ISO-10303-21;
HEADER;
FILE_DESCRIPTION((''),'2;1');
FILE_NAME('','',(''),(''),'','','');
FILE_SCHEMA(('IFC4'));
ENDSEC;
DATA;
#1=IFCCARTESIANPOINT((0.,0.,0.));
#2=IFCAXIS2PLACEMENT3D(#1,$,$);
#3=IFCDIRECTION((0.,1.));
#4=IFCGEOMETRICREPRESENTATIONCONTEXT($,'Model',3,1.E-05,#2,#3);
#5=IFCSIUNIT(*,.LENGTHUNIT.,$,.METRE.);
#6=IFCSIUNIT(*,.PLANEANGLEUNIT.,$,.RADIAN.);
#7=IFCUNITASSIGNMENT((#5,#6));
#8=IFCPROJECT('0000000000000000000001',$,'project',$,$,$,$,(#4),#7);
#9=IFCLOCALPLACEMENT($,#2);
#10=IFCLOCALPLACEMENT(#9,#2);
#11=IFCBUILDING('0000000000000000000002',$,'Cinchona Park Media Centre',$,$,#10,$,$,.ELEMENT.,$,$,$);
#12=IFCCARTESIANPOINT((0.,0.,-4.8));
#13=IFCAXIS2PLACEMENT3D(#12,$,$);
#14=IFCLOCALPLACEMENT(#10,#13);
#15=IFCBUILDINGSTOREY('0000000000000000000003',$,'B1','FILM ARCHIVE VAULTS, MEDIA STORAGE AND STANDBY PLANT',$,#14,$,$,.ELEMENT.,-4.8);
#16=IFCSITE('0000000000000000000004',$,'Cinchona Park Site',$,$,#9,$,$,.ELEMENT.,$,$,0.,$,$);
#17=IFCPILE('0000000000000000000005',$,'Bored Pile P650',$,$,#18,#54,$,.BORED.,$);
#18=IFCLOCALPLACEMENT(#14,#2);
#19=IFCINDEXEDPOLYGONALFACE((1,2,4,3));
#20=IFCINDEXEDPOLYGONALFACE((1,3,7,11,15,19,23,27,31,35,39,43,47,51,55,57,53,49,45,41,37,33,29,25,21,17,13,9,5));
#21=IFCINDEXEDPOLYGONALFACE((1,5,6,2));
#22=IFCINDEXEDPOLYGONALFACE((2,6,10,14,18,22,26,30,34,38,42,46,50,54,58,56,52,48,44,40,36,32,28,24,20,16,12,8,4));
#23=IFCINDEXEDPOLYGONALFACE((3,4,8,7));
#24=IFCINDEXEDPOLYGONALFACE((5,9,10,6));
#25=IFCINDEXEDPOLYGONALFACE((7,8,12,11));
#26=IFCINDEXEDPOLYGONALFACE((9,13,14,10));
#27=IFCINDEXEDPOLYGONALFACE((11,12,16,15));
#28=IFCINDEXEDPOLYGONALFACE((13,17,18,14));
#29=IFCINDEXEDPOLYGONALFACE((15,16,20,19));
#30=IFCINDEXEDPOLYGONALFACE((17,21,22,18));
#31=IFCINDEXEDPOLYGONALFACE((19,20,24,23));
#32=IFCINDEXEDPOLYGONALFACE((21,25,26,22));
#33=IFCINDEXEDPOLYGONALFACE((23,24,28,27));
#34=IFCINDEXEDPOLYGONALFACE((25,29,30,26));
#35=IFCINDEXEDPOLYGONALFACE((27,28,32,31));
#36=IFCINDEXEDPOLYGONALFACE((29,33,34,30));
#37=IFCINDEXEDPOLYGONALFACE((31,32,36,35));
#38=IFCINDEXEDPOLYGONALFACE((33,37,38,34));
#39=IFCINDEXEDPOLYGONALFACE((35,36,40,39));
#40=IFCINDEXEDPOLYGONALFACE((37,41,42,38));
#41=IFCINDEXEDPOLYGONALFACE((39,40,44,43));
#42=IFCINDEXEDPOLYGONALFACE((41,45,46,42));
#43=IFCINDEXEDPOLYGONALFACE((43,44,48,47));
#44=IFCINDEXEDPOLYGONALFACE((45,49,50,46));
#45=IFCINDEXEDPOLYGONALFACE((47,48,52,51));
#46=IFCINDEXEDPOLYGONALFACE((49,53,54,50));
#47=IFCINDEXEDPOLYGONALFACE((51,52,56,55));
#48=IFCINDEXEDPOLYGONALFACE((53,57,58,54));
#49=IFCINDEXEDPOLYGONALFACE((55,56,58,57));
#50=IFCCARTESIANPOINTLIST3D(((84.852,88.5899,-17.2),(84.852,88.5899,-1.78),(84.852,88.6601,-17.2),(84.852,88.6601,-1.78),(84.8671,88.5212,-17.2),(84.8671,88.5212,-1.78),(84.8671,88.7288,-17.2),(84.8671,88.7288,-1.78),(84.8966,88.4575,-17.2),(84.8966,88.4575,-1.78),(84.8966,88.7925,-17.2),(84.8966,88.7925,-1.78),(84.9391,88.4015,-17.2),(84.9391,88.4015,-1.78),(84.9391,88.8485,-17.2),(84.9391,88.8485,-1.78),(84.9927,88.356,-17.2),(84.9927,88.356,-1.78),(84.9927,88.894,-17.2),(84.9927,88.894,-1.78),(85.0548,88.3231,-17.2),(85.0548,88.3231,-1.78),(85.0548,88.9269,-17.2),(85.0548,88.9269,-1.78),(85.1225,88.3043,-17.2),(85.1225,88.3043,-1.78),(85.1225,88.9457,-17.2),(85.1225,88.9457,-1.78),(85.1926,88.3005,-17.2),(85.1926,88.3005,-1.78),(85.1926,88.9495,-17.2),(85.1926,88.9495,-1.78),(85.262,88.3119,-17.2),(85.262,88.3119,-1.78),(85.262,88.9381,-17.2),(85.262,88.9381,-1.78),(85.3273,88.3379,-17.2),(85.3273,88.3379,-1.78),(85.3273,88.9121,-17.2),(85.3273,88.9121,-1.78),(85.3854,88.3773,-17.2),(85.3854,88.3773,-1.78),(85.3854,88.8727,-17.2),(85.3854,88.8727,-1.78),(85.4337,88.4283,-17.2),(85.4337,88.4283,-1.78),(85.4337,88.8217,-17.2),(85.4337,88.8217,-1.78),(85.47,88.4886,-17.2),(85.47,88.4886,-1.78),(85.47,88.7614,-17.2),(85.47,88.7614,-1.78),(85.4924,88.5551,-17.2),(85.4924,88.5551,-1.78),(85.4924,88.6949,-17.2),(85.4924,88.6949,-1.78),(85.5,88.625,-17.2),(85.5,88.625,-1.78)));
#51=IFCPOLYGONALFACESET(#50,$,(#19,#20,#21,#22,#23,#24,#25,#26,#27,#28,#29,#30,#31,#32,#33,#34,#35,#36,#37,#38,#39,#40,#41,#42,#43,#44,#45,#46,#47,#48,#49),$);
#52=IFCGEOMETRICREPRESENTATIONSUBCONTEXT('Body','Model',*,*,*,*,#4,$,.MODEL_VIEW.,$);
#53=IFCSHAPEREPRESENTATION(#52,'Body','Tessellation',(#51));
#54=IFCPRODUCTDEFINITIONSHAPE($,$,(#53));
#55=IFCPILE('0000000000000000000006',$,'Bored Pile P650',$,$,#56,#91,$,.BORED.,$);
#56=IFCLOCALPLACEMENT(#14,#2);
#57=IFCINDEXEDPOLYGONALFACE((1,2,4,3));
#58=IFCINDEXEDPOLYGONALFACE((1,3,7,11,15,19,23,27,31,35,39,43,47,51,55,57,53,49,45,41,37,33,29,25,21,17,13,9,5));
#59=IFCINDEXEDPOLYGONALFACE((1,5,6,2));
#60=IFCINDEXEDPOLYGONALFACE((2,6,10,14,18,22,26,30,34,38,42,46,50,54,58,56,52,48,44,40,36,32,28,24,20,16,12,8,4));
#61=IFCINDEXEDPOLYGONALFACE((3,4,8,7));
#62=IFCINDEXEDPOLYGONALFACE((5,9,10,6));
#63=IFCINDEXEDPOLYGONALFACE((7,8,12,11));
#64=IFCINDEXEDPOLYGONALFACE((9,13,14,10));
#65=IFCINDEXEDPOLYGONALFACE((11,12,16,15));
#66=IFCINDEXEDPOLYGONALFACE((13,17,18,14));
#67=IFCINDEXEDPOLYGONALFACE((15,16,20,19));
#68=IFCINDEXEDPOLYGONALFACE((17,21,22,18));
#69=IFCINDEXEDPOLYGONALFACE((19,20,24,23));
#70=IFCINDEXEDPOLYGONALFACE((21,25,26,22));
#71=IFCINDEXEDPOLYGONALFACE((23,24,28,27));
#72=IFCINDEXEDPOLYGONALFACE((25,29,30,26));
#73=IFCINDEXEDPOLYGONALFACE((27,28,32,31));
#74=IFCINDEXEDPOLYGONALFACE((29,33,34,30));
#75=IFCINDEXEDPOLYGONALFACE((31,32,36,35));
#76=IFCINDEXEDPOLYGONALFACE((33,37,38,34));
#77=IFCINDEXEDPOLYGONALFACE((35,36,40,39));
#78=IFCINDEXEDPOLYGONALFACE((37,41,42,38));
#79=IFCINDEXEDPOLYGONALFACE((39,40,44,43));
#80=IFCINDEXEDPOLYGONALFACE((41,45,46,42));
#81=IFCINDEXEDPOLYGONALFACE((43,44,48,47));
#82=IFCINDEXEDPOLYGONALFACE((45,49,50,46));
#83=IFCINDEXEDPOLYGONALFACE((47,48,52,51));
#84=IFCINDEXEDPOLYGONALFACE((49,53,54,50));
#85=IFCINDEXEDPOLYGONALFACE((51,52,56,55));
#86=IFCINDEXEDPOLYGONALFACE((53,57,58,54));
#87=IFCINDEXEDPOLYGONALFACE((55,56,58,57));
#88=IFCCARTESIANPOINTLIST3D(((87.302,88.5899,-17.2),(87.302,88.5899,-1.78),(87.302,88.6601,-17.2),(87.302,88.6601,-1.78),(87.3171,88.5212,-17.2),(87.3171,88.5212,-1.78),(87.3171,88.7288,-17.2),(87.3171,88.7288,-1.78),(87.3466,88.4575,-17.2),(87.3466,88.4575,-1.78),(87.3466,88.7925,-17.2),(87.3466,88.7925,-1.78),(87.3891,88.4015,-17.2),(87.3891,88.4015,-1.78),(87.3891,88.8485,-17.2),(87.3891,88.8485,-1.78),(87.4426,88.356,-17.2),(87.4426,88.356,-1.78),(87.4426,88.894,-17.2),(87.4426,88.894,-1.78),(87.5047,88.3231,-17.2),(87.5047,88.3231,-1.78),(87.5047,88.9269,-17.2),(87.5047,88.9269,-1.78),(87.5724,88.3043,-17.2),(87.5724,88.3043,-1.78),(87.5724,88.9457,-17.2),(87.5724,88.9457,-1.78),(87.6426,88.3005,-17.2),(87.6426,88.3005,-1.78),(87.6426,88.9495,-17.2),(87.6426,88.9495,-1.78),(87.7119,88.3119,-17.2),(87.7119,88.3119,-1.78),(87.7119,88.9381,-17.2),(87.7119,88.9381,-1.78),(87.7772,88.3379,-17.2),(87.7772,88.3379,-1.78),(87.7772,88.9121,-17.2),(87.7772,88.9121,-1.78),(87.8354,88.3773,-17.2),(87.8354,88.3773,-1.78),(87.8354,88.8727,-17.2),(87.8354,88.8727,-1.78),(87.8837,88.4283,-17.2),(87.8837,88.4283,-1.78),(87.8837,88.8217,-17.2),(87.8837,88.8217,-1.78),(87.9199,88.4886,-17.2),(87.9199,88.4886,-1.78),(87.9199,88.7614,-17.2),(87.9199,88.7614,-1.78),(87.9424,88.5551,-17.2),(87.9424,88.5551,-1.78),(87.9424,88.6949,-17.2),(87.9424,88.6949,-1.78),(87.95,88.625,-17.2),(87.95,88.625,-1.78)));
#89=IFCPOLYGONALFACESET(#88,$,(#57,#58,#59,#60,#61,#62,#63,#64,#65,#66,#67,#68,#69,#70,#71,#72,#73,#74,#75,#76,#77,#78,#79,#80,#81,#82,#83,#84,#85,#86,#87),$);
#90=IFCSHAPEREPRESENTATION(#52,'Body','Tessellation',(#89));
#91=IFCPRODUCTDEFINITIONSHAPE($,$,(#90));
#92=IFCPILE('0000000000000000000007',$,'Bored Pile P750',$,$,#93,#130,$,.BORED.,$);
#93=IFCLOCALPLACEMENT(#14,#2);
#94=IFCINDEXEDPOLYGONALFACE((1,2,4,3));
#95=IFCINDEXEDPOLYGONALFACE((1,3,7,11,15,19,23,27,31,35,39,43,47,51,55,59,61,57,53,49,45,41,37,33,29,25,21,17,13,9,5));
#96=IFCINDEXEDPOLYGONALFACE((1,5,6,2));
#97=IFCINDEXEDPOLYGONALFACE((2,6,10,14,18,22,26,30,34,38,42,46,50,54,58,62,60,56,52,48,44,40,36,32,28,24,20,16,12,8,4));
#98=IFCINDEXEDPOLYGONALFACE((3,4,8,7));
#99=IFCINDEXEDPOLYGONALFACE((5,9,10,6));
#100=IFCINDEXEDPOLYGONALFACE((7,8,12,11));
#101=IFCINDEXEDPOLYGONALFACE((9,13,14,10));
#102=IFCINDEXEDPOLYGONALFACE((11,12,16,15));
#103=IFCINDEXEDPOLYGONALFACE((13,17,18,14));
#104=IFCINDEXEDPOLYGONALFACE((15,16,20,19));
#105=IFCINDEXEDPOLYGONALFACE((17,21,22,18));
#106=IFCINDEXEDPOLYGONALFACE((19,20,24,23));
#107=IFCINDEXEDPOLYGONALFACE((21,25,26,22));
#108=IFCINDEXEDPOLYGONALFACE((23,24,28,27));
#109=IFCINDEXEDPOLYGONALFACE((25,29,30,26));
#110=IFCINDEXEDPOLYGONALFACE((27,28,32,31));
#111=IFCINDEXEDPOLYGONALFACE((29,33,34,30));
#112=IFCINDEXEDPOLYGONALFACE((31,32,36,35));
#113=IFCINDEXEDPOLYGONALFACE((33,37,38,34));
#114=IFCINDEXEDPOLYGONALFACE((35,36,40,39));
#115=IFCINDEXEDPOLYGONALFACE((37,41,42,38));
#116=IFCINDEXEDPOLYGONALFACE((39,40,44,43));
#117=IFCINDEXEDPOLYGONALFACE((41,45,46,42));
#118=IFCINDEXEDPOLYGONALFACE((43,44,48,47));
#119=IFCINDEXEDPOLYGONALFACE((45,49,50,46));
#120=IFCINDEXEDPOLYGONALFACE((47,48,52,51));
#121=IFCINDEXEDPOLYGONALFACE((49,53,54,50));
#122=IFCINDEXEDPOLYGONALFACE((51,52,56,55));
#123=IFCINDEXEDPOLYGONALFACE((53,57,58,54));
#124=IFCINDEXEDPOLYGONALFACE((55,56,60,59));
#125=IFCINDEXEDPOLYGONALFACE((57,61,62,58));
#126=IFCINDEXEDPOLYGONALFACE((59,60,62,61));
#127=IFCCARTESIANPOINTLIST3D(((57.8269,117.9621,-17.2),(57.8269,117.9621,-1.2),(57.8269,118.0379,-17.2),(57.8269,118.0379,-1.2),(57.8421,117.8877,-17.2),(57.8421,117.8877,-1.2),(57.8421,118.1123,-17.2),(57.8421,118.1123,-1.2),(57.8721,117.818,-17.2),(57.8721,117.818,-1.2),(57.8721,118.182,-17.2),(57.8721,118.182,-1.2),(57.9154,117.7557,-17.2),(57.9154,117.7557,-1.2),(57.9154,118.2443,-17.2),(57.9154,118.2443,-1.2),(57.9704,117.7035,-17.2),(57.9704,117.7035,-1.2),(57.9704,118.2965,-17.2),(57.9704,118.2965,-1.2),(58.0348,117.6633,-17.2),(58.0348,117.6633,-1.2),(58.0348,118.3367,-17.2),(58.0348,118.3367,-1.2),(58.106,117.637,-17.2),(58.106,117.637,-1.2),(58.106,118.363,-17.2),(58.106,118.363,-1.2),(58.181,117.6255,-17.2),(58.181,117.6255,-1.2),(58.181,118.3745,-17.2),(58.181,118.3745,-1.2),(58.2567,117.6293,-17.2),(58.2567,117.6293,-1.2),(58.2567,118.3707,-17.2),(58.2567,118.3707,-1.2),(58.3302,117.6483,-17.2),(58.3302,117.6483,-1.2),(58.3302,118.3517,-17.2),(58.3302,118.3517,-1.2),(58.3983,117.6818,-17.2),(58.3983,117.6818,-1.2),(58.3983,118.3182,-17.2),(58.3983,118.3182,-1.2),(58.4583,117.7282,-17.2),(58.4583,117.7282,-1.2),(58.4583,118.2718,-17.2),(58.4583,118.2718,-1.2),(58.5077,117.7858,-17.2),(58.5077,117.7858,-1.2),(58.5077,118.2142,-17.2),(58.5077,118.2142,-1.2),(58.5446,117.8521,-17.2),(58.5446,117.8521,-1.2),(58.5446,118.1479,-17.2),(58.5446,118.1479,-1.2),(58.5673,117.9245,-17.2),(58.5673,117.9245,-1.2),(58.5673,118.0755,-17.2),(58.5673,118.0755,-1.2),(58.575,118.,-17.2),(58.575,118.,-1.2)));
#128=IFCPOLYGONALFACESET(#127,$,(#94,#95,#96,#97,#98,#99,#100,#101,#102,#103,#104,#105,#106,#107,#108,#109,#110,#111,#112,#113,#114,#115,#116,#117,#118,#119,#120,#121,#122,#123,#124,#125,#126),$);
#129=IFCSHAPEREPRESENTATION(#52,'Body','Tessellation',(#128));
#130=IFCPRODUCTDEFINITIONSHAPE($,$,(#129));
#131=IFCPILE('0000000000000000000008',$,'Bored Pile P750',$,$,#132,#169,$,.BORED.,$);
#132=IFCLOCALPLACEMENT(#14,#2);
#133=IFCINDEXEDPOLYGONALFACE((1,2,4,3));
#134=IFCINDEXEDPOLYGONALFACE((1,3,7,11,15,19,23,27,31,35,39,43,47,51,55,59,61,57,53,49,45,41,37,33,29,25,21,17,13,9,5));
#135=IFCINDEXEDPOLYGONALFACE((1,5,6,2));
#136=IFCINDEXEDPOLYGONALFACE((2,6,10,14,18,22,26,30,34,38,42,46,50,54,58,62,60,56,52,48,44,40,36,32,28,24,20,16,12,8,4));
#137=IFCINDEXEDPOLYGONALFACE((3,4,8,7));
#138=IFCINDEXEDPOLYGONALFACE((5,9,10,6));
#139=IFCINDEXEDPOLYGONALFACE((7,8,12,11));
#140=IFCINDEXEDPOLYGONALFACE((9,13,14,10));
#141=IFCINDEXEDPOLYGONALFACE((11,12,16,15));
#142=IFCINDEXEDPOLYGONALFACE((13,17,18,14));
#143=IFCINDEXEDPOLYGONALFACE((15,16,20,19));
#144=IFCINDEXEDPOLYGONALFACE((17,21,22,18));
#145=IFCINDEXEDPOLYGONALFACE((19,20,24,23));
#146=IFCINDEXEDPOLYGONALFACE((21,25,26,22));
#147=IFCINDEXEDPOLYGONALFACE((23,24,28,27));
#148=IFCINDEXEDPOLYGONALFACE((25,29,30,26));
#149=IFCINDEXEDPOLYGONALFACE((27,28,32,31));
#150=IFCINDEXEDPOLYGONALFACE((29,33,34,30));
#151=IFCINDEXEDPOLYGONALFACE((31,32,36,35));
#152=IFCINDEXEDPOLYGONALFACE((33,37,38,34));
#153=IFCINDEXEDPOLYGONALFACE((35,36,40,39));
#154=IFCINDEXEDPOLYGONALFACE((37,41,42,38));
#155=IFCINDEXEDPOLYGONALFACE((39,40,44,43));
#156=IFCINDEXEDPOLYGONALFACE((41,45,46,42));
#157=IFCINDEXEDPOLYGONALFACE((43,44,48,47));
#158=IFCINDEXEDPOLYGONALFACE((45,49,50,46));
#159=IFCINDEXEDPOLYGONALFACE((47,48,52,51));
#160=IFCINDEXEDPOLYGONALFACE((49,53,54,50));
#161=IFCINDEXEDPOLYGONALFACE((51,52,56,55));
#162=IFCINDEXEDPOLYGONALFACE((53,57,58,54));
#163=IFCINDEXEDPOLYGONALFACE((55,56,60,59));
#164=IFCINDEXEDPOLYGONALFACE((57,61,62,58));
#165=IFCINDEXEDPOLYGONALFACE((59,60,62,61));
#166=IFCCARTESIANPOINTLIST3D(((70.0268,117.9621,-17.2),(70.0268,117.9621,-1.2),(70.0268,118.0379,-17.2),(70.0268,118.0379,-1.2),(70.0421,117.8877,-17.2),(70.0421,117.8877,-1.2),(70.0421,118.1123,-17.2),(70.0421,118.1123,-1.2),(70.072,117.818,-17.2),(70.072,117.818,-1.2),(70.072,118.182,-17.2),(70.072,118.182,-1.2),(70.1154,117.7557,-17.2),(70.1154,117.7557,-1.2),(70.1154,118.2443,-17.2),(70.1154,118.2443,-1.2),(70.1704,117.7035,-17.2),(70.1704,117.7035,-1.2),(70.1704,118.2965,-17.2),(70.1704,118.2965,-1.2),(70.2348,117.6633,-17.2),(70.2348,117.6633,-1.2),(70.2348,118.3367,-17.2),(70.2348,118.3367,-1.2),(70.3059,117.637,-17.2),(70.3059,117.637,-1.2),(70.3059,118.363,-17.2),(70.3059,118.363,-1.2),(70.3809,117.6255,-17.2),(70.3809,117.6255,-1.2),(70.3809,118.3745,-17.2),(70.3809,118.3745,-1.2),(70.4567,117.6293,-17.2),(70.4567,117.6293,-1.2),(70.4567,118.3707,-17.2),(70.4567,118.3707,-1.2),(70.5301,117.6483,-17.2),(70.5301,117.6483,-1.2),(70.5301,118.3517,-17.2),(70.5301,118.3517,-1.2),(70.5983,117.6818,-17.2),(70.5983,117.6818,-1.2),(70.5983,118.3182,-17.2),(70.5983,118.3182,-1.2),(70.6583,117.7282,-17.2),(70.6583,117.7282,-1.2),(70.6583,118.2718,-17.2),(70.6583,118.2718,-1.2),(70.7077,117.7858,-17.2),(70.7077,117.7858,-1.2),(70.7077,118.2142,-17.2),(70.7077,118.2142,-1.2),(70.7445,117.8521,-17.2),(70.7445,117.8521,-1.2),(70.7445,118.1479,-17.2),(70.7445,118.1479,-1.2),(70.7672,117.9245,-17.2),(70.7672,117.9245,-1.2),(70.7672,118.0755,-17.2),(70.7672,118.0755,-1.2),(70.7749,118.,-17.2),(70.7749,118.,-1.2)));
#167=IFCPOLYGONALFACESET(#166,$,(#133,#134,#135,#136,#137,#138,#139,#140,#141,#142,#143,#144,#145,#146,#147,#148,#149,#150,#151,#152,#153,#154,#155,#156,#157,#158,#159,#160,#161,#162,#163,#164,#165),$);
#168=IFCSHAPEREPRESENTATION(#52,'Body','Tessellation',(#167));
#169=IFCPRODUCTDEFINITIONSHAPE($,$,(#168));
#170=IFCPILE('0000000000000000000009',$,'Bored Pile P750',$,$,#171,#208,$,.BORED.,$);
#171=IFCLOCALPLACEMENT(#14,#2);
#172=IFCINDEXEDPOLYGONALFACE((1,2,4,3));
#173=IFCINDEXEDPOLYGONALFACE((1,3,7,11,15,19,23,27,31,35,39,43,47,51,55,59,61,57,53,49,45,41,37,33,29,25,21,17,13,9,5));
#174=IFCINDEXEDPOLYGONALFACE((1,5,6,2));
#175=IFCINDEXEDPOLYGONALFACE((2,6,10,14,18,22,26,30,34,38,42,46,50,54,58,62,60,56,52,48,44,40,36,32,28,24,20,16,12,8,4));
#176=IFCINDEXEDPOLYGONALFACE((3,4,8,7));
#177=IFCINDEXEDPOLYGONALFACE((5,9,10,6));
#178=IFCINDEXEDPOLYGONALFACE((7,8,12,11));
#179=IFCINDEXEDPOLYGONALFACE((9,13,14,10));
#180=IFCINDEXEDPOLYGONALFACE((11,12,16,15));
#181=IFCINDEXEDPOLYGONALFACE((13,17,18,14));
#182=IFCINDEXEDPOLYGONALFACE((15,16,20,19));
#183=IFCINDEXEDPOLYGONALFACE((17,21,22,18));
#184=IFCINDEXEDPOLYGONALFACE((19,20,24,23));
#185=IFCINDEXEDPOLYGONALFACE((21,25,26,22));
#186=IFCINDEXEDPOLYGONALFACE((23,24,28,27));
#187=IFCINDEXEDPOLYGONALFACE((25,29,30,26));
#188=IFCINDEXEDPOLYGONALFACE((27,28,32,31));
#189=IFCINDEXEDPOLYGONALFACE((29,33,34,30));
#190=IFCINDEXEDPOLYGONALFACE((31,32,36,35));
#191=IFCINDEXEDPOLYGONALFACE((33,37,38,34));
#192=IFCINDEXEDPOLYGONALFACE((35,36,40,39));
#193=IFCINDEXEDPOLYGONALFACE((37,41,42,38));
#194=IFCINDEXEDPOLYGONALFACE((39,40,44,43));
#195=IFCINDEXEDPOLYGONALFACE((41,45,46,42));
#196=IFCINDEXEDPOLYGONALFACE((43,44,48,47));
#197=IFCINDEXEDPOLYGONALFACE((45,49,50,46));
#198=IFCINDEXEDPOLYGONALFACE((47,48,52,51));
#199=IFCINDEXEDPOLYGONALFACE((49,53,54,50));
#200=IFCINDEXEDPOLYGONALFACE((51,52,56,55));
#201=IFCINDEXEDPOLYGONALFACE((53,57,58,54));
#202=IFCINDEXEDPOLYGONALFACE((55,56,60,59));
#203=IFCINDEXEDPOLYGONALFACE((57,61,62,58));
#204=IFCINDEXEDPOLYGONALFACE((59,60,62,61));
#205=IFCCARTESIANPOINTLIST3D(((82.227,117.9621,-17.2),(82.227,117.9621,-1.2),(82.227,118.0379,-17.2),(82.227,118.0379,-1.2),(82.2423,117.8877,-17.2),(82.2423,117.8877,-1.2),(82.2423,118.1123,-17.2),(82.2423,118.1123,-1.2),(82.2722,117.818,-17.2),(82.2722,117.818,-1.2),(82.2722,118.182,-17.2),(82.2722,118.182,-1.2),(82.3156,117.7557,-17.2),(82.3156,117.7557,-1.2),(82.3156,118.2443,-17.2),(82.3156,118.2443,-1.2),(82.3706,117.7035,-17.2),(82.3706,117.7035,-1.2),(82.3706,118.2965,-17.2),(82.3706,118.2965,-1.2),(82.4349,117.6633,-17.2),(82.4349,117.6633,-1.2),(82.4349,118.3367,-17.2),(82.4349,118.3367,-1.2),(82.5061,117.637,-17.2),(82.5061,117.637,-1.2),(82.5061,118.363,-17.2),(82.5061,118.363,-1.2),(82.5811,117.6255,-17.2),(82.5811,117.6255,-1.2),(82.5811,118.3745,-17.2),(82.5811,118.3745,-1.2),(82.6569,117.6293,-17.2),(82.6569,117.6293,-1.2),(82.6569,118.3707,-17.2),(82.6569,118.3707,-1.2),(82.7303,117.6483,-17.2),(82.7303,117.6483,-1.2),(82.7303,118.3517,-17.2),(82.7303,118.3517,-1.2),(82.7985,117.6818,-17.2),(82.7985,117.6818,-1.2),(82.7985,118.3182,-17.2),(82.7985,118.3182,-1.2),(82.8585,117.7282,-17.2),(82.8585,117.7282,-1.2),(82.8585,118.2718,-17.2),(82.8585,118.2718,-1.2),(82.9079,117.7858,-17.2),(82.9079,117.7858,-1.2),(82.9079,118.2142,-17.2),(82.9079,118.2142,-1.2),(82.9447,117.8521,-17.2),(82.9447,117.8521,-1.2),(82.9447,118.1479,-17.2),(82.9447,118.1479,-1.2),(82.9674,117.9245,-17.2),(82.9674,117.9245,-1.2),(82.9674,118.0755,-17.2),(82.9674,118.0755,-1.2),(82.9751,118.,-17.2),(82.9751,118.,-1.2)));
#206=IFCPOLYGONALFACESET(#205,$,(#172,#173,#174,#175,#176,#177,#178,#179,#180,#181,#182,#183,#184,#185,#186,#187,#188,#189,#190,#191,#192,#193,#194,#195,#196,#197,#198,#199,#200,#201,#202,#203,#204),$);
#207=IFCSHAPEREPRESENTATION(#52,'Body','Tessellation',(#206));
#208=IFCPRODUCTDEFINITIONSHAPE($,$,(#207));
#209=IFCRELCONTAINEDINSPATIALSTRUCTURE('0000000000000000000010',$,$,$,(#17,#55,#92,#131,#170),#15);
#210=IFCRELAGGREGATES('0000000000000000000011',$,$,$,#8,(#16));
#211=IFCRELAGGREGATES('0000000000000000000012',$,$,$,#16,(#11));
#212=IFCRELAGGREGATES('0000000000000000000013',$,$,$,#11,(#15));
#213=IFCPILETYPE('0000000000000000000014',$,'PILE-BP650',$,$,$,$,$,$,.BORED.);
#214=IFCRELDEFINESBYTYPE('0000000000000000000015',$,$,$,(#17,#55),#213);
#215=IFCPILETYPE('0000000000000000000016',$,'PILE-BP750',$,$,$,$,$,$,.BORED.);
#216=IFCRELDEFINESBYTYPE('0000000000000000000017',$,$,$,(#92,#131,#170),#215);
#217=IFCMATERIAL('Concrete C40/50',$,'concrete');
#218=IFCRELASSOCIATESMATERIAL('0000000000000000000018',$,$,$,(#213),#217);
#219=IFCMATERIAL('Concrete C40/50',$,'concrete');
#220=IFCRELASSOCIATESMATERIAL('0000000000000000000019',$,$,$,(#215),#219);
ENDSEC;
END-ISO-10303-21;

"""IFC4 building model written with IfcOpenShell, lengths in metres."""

from ifc_helpers import new_model, si_unit, direction, frame, origin, origin_2d, place, context, subcontext, project, spatial, circle, extrude, material, material_profile, profile_set, type_object, element, save


model = new_model("IFC4")

# Units and contexts
model_context = context("Model", 3, precision=1e-05, world=origin(), true_north=direction((0.0, 1.0)))
body_context = subcontext(model_context, "Body", "Model", "MODEL_VIEW")
ifc_project = project(units=[si_unit("LENGTHUNIT", "METRE"), si_unit("PLANEANGLEUNIT", "RADIAN")], contexts=[model_context])

# Site, building, storey
site_placement = place(None, origin())
site = spatial("IfcSite", under=ifc_project, at=site_placement, Name="Cinchona Park Site", CompositionType="ELEMENT", RefElevation=0.0)
building_placement = place(site_placement, origin())
building = spatial("IfcBuilding", under=site, at=building_placement, Name="Cinchona Park Media Centre", CompositionType="ELEMENT")
storey_placement = place(building_placement, frame((0.0, 0.0, -4.8)))
storey = spatial("IfcBuildingStorey", under=building, at=storey_placement, Name="B1", Description="FILM ARCHIVE VAULTS, MEDIA STORAGE AND STANDBY PLANT", CompositionType="ELEMENT", Elevation=-4.8)

# Piles
ifc_material_1 = material(Name="Concrete C40/50", Category="concrete")
ifc_material_profile_1 = material_profile(ifc_material_1, circle(Radius=0.325, at=origin_2d()), Name="BORED PILE 650")
ifc_profile_set_1 = profile_set([ifc_material_profile_1], Name="Concrete C40/50")
pile_type_1 = type_object("IfcPileType", Name="PILE-BP650", PredefinedType="BORED", material=ifc_profile_set_1)
for number, where, z_axis, x_axis, name in (
    (1, (85.175, 88.625, -1.78), (0.0, 0.0, -1.0), (1.0, 0.0, 0.0), "Bored Pile P650"),
    (2, (87.625, 88.625, -1.78), (0.0, 0.0, -1.0), (1.0, 0.0, 0.0), "Bored Pile P650"),
):
    element("IfcPile", number, at=place(storey_placement, frame(where, z_axis=z_axis, x_axis=x_axis)), inside=storey, type_object=pile_type_1, Name=name, PredefinedType="BORED", context=body_context, shape_type="SweptSolid", body=[
        extrude(circle(Radius=0.325, at=origin_2d()), origin(), (0.0, 0.0, 1.0), 15.4199),
    ])
ifc_material_2 = material(Name="Concrete C40/50", Category="concrete")
ifc_material_profile_2 = material_profile(ifc_material_2, circle(Radius=0.375, at=origin_2d()), Name="BORED PILE 750")
ifc_profile_set_2 = profile_set([ifc_material_profile_2], Name="Concrete C40/50")
pile_type_2 = type_object("IfcPileType", Name="PILE-BP750", PredefinedType="BORED", material=ifc_profile_set_2)
for number, where, z_axis, x_axis, name in (
    (3, (58.2, 118.0, -1.2), (0.0, 0.0, -1.0), (1.0, 0.0, 0.0), "Bored Pile P750"),
    (4, (70.3999, 118.0, -1.2), (0.0, 0.0, -1.0), (1.0, 0.0, 0.0), "Bored Pile P750"),
    (5, (82.6001, 118.0, -1.2), (0.0, 0.0, -1.0), (1.0, 0.0, 0.0), "Bored Pile P750"),
):
    element("IfcPile", number, at=place(storey_placement, frame(where, z_axis=z_axis, x_axis=x_axis)), inside=storey, type_object=pile_type_2, Name=name, PredefinedType="BORED", context=body_context, shape_type="SweptSolid", body=[
        extrude(circle(Radius=0.375, at=origin_2d()), origin(), (0.0, 0.0, 1.0), 16.0),
    ])

save(model, "model.ifc")
